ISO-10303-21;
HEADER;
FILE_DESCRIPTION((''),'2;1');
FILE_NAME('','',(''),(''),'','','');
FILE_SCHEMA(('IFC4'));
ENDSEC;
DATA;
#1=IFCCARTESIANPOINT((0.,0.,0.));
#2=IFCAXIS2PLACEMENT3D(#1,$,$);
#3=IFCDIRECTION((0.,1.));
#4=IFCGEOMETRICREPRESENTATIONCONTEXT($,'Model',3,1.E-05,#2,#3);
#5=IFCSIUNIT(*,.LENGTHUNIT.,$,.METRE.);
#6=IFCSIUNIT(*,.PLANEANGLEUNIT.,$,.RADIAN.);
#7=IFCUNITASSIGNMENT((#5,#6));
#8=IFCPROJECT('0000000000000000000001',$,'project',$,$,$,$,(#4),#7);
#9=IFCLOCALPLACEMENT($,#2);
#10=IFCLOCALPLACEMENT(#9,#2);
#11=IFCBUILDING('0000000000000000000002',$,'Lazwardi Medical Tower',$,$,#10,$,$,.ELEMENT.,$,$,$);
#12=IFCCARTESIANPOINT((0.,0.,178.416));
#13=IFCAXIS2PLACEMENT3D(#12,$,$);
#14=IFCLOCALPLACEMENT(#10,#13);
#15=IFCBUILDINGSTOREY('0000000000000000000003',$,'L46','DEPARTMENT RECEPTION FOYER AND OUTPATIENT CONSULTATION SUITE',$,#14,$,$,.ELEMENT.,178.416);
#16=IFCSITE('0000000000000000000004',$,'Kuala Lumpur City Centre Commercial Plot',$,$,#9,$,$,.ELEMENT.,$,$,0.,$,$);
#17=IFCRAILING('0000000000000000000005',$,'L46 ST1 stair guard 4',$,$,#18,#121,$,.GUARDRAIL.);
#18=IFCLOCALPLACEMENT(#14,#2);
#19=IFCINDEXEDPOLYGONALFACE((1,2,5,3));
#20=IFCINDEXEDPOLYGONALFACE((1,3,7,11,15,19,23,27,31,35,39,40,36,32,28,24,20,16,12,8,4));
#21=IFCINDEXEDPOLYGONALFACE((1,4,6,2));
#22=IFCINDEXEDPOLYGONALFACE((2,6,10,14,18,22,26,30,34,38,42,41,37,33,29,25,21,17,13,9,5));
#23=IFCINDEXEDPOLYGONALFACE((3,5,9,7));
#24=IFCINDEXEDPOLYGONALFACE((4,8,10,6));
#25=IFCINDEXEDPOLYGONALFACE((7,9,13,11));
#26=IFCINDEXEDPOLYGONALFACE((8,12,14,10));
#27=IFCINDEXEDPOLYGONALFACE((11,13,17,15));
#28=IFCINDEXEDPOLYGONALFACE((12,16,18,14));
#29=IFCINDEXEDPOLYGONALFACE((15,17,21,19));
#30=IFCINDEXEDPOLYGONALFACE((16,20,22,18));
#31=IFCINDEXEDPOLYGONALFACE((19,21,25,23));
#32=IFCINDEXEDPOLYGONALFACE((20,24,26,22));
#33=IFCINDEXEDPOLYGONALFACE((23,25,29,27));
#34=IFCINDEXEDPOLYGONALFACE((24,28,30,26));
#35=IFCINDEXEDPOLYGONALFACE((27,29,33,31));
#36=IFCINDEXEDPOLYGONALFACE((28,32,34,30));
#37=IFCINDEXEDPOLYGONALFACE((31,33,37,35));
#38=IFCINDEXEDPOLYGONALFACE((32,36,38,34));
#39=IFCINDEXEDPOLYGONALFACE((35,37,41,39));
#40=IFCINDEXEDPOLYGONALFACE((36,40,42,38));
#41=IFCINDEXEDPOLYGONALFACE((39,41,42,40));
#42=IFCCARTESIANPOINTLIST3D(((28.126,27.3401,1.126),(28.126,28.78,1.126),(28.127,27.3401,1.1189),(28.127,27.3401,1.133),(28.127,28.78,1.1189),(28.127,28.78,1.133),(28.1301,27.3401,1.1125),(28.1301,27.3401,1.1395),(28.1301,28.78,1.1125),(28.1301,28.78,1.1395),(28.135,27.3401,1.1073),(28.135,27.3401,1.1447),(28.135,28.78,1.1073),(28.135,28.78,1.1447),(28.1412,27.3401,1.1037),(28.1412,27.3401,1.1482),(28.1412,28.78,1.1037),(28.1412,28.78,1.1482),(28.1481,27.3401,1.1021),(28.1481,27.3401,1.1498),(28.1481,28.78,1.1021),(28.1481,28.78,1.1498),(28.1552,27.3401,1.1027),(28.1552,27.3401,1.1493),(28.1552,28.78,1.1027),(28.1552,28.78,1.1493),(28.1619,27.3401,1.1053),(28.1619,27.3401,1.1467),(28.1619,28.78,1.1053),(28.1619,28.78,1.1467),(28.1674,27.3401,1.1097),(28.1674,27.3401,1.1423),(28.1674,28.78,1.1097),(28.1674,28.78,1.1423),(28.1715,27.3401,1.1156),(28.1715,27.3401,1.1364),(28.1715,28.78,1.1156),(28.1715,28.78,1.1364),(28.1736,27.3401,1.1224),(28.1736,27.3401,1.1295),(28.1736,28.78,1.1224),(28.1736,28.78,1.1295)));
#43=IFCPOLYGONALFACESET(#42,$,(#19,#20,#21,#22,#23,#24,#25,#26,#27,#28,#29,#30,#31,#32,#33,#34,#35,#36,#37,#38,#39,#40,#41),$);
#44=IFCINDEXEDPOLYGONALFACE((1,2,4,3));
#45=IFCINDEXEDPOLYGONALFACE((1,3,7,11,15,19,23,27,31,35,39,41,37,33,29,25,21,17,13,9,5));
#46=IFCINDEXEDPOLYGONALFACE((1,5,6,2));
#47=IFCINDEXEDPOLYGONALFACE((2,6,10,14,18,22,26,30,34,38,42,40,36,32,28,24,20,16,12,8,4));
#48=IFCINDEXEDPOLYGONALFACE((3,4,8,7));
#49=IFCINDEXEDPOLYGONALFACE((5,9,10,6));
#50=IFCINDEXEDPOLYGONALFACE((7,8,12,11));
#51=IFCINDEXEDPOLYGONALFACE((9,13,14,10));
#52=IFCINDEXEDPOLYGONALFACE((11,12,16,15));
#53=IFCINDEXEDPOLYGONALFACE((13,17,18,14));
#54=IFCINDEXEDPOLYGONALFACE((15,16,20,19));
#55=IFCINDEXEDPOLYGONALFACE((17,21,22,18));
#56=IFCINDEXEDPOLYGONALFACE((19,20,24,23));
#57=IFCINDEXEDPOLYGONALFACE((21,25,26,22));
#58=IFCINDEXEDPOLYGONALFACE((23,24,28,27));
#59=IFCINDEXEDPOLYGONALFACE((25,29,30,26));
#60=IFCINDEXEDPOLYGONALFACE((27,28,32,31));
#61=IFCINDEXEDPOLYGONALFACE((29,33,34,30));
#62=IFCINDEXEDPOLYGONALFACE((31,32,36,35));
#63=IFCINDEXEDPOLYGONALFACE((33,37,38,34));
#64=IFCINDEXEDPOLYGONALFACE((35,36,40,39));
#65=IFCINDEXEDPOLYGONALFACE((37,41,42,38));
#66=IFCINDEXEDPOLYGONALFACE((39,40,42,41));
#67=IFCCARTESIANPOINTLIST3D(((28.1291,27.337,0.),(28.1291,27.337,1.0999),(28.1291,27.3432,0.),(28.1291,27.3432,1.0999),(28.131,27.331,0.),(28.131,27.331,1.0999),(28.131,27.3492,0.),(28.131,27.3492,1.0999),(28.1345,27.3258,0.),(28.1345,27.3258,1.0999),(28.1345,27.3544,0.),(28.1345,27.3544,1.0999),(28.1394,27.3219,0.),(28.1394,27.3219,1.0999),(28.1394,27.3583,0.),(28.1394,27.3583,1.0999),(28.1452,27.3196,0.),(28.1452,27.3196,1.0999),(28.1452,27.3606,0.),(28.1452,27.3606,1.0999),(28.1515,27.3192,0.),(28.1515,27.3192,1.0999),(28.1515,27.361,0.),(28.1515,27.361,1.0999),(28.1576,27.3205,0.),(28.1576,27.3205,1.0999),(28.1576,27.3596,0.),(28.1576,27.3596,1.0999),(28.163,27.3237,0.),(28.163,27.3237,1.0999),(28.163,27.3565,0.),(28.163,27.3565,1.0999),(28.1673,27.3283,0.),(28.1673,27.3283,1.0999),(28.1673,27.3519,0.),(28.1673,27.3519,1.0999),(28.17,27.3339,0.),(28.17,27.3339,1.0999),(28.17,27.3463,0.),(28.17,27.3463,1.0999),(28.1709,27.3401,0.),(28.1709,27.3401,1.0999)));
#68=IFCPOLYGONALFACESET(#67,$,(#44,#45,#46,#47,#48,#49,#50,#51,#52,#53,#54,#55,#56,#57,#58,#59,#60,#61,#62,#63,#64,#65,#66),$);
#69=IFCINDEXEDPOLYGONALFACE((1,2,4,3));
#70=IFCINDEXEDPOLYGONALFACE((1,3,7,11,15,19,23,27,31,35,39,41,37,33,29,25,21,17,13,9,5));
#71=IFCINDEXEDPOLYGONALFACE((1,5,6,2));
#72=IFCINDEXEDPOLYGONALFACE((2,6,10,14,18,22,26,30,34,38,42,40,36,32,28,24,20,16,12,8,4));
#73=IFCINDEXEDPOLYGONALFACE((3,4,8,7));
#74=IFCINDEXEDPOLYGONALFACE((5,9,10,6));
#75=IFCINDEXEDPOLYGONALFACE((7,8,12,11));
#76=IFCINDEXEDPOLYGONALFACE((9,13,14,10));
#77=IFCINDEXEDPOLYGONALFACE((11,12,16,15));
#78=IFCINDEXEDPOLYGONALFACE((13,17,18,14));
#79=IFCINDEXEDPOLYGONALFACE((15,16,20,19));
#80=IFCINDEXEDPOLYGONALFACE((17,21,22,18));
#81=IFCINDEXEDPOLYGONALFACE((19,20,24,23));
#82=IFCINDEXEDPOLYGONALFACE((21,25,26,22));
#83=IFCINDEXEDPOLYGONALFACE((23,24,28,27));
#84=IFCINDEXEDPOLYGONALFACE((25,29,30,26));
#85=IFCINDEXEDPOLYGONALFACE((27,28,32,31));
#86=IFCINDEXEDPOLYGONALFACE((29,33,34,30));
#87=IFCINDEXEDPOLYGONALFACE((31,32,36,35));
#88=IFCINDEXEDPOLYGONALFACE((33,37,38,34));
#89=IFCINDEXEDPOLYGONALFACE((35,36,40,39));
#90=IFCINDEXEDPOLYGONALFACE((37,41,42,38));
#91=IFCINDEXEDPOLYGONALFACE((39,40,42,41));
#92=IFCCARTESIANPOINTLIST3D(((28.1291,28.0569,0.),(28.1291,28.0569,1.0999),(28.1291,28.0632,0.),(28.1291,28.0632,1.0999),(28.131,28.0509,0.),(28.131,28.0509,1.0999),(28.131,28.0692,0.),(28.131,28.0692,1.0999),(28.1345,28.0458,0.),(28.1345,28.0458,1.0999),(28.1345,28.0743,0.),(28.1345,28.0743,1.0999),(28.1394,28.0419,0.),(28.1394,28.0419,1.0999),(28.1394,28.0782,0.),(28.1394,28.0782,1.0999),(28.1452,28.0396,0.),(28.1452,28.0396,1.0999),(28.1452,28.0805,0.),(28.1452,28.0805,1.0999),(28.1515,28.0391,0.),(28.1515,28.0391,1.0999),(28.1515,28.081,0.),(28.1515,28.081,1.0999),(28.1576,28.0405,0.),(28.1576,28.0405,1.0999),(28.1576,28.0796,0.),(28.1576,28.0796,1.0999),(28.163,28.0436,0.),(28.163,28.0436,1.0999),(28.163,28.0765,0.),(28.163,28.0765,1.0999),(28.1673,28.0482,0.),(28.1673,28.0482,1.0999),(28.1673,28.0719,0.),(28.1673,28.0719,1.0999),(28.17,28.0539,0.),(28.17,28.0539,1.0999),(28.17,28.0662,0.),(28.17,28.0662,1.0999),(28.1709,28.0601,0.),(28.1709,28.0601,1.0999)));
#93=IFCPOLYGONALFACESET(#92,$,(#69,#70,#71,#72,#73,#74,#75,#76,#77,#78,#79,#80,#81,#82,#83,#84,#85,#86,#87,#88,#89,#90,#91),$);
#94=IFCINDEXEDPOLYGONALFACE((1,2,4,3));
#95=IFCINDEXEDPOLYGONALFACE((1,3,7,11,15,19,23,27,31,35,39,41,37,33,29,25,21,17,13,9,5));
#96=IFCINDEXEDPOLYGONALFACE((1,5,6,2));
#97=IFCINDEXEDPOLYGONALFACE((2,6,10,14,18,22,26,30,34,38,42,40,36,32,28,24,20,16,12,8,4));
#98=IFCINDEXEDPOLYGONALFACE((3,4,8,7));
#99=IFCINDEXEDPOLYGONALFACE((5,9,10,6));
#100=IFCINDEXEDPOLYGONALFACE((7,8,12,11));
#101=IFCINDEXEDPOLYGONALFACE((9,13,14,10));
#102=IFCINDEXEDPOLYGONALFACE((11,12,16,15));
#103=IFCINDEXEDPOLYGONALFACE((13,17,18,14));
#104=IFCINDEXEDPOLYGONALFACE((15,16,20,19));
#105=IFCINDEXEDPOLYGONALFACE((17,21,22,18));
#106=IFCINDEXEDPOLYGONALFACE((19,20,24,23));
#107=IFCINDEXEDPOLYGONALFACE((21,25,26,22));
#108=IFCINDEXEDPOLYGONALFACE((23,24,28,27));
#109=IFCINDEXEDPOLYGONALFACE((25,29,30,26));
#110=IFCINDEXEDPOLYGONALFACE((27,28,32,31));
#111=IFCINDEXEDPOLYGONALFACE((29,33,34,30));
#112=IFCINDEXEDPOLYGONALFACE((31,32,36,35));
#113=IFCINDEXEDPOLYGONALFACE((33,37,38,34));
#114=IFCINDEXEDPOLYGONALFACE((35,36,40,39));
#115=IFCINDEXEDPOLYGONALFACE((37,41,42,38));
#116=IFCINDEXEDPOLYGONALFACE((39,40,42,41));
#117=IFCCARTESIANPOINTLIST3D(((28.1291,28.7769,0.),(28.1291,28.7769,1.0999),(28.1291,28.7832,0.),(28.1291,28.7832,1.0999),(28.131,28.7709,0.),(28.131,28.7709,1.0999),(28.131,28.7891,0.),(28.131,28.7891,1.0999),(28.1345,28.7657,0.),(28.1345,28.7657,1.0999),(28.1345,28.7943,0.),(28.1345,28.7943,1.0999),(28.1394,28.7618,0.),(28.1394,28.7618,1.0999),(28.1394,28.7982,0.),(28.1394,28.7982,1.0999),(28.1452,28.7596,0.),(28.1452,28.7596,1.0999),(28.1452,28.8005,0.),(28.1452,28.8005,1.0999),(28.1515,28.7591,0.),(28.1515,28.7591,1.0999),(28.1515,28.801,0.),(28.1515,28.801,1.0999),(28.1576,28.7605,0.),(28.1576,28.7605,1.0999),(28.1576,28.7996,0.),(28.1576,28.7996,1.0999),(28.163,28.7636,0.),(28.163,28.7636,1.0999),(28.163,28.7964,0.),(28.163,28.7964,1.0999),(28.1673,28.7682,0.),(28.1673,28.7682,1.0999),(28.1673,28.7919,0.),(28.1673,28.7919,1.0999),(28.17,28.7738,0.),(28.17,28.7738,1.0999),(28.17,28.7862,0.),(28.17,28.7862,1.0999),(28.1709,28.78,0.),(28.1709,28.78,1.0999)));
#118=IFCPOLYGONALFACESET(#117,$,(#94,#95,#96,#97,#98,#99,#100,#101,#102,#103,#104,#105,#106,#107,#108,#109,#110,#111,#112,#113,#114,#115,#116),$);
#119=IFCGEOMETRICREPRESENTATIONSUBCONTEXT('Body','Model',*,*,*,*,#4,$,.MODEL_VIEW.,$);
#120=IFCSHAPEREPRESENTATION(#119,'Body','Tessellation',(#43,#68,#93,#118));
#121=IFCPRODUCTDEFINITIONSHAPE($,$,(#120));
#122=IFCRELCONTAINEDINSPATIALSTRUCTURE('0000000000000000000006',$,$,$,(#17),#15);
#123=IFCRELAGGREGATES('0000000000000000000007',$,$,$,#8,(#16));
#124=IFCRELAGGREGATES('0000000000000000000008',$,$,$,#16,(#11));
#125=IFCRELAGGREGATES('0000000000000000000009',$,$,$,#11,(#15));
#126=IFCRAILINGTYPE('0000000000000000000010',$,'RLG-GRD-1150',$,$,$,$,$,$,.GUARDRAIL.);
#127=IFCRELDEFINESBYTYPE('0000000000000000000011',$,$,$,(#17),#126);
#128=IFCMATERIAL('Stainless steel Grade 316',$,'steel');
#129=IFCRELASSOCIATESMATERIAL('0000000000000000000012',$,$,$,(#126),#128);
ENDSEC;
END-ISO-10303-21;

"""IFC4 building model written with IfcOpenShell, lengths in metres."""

from ifc_helpers import new_model, si_unit, direction, frame, origin, origin_2d, place, context, subcontext, project, spatial, circle, extrude, material, type_object, element, save


model = new_model("IFC4")

# Units and contexts
model_context = context("Model", 3, precision=1e-05, world=origin(), true_north=direction((0.0, 1.0)))
body_context = subcontext(model_context, "Body", "Model", "MODEL_VIEW")
ifc_project = project(units=[si_unit("LENGTHUNIT", "METRE"), si_unit("PLANEANGLEUNIT", "RADIAN")], contexts=[model_context])

# Site, building, storey
site_placement = place(None, origin())
site = spatial("IfcSite", under=ifc_project, at=site_placement, Name="Kuala Lumpur City Centre Commercial Plot", CompositionType="ELEMENT", RefElevation=0.0)
building_placement = place(site_placement, origin())
building = spatial("IfcBuilding", under=site, at=building_placement, Name="Lazwardi Medical Tower", CompositionType="ELEMENT")
storey_placement = place(building_placement, frame((0.0, 0.0, 178.416)))
storey = spatial("IfcBuildingStorey", under=building, at=storey_placement, Name="L46", Description="DEPARTMENT RECEPTION FOYER AND OUTPATIENT CONSULTATION SUITE", CompositionType="ELEMENT", Elevation=178.416)

# Railing
ifc_material_1 = material(Name="Stainless steel Grade 316", Category="steel")
railing_type_1 = type_object("IfcRailingType", Name="RLG-GRD-1150", PredefinedType="GUARDRAIL", material=ifc_material_1)
railing_1_placement = place(storey_placement, frame((28.1499, 27.3401, 0.0)))
element("IfcRailing", 1, at=railing_1_placement, inside=storey, type_object=railing_type_1, Name="L46 ST1 stair guard 4", PredefinedType="GUARDRAIL", context=body_context, shape_type="SweptSolid", body=[
    extrude(circle(Radius=0.0239, at=origin_2d()), frame((0.0, 0.0, 1.126), z_axis=(0.0, 1.0, 0.0), x_axis=(-1.0, 0.0, 0.0)), (0.0, 0.0, 1.0), 1.4399),
    extrude(circle(Radius=0.021, at=origin_2d()), origin(), (0.0, 0.0, 1.0), 1.0999),
    extrude(circle(Radius=0.021, at=origin_2d()), frame((0.0, 0.72, 0.0)), (0.0, 0.0, 1.0), 1.0999),
    extrude(circle(Radius=0.021, at=origin_2d()), frame((0.0, 1.4399, 0.0)), (0.0, 0.0, 1.0), 1.0999),
])

save(model, "model.ifc")
